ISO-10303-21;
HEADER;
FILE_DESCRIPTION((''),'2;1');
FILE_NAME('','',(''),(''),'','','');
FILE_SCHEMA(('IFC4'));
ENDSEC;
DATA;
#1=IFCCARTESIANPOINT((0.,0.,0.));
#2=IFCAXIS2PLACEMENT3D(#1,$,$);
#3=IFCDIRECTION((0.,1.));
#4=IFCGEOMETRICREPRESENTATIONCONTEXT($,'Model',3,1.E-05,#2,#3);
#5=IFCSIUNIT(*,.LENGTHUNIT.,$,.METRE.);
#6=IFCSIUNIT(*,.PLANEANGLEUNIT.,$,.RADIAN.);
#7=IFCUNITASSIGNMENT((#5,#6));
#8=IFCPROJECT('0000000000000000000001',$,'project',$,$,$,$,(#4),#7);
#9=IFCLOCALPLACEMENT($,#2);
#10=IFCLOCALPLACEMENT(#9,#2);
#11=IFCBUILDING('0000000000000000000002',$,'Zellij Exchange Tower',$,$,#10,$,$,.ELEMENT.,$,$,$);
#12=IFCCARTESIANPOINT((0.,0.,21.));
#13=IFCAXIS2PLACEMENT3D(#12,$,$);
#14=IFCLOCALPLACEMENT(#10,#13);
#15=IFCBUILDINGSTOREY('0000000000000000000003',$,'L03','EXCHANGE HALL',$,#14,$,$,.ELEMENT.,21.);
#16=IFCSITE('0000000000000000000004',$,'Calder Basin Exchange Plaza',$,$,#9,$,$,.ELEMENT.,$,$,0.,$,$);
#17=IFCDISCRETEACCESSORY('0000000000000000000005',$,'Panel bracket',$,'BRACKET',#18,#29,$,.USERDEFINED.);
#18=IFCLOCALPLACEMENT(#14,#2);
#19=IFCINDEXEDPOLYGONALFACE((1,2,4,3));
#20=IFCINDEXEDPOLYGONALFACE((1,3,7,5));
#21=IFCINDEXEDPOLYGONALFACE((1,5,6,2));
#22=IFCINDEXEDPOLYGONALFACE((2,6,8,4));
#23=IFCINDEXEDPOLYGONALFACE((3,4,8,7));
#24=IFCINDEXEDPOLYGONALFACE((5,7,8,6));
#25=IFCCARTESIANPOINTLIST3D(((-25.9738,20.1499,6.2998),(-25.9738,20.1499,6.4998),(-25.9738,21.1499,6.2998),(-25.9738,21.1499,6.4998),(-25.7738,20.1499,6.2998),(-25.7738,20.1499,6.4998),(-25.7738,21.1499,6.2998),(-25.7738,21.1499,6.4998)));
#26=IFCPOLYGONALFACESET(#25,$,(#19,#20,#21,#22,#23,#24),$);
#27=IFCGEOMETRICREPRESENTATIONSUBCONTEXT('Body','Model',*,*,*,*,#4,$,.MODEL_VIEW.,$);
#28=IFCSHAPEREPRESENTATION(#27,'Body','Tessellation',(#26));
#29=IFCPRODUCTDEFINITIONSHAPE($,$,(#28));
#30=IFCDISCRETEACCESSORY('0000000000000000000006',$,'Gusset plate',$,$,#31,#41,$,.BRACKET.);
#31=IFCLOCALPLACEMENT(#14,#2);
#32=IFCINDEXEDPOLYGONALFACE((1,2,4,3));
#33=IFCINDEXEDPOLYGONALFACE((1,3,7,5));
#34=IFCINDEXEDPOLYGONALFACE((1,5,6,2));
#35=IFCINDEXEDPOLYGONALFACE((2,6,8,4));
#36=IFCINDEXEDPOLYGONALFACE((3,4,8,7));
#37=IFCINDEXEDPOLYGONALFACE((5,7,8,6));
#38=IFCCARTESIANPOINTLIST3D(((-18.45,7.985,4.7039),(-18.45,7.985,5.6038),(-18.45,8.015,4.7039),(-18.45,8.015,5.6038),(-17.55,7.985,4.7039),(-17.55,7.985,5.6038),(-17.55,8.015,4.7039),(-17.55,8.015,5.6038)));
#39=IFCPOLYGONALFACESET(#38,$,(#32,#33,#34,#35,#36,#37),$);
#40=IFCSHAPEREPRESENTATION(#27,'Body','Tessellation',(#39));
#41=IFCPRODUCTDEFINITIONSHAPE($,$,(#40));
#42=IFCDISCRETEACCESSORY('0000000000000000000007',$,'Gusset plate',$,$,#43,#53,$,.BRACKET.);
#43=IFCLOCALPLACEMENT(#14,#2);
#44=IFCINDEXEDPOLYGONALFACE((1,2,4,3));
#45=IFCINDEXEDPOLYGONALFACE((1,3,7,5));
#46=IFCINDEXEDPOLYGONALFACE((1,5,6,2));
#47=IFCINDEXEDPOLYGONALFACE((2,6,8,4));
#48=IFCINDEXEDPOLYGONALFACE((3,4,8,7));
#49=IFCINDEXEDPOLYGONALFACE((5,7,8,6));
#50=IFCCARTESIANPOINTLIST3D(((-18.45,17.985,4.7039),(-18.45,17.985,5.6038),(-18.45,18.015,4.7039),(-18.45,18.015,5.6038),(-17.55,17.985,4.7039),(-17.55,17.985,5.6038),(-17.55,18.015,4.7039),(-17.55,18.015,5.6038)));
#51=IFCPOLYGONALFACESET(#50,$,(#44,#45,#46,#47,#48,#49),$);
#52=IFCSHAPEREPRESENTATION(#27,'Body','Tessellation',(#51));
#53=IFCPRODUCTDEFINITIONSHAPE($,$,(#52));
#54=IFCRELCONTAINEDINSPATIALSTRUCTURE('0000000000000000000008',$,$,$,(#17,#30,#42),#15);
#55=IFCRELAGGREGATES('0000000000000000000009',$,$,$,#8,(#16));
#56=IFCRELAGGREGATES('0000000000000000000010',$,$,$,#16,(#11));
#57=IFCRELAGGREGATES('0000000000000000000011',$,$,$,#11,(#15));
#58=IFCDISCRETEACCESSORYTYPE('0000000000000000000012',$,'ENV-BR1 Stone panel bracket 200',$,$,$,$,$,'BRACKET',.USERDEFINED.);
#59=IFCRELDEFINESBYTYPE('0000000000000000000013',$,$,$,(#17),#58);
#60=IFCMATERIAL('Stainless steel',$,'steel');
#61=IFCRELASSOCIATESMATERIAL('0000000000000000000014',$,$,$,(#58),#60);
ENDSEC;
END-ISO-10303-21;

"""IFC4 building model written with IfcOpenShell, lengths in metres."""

from ifc_helpers import new_model, si_unit, direction, frame, origin, origin_2d, place, context, subcontext, project, spatial, rectangle, extrude, material, type_object, element, save


model = new_model("IFC4")

# Units and contexts
model_context = context("Model", 3, precision=1e-05, world=origin(), true_north=direction((0.0, 1.0)))
body_context = subcontext(model_context, "Body", "Model", "MODEL_VIEW")
ifc_project = project(units=[si_unit("LENGTHUNIT", "METRE"), si_unit("PLANEANGLEUNIT", "RADIAN")], contexts=[model_context])

# Site, building, storey
site_placement = place(None, origin())
site = spatial("IfcSite", under=ifc_project, at=site_placement, Name="Calder Basin Exchange Plaza", CompositionType="ELEMENT", RefElevation=0.0)
building_placement = place(site_placement, origin())
building = spatial("IfcBuilding", under=site, at=building_placement, Name="Zellij Exchange Tower", CompositionType="ELEMENT")
storey_placement = place(building_placement, frame((0.0, 0.0, 21.0)))
storey = spatial("IfcBuildingStorey", under=building, at=storey_placement, Name="L03", Description="EXCHANGE HALL", CompositionType="ELEMENT", Elevation=21.0)

# Discrete accessories
ifc_material_1 = material(Name="Stainless steel", Category="steel")
discrete_accessory_type = type_object("IfcDiscreteAccessoryType", Name="ENV-BR1 Stone panel bracket 200", ElementType="BRACKET", PredefinedType="USERDEFINED", material=ifc_material_1)
for number, where, z_axis, x_axis, name in (
    (1, (-25.8738, 20.6499, 6.2998), (0.0, 0.0, 1.0), (-1.0, 0.0, 0.0), "Panel bracket"),
):
    element("IfcDiscreteAccessory", number, at=place(storey_placement, frame(where, z_axis=z_axis, x_axis=x_axis)), inside=storey, type_object=discrete_accessory_type, Name=name, ObjectType="BRACKET", PredefinedType="USERDEFINED", context=body_context, shape_type="SweptSolid", body=[
        extrude(rectangle(XDim=0.2, YDim=1.0, at=origin_2d()), origin(), (0.0, 0.0, 1.0), 0.2),
    ])
for number, where, z_axis, x_axis, name in (
    (2, (-18.0, 8.0, 4.7039), (0.0, 0.0, 1.0), (1.0, 0.0, 0.0), "Gusset plate"),
    (3, (-18.0, 18.0, 4.7039), (0.0, 0.0, 1.0), (1.0, 0.0, 0.0), "Gusset plate"),
):
    element("IfcDiscreteAccessory", number, at=place(storey_placement, frame(where, z_axis=z_axis, x_axis=x_axis)), inside=storey, Name=name, PredefinedType="BRACKET", context=body_context, shape_type="SweptSolid", body=[
        extrude(rectangle(XDim=0.8999, YDim=0.03, at=origin_2d()), origin(), (0.0, 0.0, 1.0), 0.8999),
    ])

save(model, "model.ifc")
